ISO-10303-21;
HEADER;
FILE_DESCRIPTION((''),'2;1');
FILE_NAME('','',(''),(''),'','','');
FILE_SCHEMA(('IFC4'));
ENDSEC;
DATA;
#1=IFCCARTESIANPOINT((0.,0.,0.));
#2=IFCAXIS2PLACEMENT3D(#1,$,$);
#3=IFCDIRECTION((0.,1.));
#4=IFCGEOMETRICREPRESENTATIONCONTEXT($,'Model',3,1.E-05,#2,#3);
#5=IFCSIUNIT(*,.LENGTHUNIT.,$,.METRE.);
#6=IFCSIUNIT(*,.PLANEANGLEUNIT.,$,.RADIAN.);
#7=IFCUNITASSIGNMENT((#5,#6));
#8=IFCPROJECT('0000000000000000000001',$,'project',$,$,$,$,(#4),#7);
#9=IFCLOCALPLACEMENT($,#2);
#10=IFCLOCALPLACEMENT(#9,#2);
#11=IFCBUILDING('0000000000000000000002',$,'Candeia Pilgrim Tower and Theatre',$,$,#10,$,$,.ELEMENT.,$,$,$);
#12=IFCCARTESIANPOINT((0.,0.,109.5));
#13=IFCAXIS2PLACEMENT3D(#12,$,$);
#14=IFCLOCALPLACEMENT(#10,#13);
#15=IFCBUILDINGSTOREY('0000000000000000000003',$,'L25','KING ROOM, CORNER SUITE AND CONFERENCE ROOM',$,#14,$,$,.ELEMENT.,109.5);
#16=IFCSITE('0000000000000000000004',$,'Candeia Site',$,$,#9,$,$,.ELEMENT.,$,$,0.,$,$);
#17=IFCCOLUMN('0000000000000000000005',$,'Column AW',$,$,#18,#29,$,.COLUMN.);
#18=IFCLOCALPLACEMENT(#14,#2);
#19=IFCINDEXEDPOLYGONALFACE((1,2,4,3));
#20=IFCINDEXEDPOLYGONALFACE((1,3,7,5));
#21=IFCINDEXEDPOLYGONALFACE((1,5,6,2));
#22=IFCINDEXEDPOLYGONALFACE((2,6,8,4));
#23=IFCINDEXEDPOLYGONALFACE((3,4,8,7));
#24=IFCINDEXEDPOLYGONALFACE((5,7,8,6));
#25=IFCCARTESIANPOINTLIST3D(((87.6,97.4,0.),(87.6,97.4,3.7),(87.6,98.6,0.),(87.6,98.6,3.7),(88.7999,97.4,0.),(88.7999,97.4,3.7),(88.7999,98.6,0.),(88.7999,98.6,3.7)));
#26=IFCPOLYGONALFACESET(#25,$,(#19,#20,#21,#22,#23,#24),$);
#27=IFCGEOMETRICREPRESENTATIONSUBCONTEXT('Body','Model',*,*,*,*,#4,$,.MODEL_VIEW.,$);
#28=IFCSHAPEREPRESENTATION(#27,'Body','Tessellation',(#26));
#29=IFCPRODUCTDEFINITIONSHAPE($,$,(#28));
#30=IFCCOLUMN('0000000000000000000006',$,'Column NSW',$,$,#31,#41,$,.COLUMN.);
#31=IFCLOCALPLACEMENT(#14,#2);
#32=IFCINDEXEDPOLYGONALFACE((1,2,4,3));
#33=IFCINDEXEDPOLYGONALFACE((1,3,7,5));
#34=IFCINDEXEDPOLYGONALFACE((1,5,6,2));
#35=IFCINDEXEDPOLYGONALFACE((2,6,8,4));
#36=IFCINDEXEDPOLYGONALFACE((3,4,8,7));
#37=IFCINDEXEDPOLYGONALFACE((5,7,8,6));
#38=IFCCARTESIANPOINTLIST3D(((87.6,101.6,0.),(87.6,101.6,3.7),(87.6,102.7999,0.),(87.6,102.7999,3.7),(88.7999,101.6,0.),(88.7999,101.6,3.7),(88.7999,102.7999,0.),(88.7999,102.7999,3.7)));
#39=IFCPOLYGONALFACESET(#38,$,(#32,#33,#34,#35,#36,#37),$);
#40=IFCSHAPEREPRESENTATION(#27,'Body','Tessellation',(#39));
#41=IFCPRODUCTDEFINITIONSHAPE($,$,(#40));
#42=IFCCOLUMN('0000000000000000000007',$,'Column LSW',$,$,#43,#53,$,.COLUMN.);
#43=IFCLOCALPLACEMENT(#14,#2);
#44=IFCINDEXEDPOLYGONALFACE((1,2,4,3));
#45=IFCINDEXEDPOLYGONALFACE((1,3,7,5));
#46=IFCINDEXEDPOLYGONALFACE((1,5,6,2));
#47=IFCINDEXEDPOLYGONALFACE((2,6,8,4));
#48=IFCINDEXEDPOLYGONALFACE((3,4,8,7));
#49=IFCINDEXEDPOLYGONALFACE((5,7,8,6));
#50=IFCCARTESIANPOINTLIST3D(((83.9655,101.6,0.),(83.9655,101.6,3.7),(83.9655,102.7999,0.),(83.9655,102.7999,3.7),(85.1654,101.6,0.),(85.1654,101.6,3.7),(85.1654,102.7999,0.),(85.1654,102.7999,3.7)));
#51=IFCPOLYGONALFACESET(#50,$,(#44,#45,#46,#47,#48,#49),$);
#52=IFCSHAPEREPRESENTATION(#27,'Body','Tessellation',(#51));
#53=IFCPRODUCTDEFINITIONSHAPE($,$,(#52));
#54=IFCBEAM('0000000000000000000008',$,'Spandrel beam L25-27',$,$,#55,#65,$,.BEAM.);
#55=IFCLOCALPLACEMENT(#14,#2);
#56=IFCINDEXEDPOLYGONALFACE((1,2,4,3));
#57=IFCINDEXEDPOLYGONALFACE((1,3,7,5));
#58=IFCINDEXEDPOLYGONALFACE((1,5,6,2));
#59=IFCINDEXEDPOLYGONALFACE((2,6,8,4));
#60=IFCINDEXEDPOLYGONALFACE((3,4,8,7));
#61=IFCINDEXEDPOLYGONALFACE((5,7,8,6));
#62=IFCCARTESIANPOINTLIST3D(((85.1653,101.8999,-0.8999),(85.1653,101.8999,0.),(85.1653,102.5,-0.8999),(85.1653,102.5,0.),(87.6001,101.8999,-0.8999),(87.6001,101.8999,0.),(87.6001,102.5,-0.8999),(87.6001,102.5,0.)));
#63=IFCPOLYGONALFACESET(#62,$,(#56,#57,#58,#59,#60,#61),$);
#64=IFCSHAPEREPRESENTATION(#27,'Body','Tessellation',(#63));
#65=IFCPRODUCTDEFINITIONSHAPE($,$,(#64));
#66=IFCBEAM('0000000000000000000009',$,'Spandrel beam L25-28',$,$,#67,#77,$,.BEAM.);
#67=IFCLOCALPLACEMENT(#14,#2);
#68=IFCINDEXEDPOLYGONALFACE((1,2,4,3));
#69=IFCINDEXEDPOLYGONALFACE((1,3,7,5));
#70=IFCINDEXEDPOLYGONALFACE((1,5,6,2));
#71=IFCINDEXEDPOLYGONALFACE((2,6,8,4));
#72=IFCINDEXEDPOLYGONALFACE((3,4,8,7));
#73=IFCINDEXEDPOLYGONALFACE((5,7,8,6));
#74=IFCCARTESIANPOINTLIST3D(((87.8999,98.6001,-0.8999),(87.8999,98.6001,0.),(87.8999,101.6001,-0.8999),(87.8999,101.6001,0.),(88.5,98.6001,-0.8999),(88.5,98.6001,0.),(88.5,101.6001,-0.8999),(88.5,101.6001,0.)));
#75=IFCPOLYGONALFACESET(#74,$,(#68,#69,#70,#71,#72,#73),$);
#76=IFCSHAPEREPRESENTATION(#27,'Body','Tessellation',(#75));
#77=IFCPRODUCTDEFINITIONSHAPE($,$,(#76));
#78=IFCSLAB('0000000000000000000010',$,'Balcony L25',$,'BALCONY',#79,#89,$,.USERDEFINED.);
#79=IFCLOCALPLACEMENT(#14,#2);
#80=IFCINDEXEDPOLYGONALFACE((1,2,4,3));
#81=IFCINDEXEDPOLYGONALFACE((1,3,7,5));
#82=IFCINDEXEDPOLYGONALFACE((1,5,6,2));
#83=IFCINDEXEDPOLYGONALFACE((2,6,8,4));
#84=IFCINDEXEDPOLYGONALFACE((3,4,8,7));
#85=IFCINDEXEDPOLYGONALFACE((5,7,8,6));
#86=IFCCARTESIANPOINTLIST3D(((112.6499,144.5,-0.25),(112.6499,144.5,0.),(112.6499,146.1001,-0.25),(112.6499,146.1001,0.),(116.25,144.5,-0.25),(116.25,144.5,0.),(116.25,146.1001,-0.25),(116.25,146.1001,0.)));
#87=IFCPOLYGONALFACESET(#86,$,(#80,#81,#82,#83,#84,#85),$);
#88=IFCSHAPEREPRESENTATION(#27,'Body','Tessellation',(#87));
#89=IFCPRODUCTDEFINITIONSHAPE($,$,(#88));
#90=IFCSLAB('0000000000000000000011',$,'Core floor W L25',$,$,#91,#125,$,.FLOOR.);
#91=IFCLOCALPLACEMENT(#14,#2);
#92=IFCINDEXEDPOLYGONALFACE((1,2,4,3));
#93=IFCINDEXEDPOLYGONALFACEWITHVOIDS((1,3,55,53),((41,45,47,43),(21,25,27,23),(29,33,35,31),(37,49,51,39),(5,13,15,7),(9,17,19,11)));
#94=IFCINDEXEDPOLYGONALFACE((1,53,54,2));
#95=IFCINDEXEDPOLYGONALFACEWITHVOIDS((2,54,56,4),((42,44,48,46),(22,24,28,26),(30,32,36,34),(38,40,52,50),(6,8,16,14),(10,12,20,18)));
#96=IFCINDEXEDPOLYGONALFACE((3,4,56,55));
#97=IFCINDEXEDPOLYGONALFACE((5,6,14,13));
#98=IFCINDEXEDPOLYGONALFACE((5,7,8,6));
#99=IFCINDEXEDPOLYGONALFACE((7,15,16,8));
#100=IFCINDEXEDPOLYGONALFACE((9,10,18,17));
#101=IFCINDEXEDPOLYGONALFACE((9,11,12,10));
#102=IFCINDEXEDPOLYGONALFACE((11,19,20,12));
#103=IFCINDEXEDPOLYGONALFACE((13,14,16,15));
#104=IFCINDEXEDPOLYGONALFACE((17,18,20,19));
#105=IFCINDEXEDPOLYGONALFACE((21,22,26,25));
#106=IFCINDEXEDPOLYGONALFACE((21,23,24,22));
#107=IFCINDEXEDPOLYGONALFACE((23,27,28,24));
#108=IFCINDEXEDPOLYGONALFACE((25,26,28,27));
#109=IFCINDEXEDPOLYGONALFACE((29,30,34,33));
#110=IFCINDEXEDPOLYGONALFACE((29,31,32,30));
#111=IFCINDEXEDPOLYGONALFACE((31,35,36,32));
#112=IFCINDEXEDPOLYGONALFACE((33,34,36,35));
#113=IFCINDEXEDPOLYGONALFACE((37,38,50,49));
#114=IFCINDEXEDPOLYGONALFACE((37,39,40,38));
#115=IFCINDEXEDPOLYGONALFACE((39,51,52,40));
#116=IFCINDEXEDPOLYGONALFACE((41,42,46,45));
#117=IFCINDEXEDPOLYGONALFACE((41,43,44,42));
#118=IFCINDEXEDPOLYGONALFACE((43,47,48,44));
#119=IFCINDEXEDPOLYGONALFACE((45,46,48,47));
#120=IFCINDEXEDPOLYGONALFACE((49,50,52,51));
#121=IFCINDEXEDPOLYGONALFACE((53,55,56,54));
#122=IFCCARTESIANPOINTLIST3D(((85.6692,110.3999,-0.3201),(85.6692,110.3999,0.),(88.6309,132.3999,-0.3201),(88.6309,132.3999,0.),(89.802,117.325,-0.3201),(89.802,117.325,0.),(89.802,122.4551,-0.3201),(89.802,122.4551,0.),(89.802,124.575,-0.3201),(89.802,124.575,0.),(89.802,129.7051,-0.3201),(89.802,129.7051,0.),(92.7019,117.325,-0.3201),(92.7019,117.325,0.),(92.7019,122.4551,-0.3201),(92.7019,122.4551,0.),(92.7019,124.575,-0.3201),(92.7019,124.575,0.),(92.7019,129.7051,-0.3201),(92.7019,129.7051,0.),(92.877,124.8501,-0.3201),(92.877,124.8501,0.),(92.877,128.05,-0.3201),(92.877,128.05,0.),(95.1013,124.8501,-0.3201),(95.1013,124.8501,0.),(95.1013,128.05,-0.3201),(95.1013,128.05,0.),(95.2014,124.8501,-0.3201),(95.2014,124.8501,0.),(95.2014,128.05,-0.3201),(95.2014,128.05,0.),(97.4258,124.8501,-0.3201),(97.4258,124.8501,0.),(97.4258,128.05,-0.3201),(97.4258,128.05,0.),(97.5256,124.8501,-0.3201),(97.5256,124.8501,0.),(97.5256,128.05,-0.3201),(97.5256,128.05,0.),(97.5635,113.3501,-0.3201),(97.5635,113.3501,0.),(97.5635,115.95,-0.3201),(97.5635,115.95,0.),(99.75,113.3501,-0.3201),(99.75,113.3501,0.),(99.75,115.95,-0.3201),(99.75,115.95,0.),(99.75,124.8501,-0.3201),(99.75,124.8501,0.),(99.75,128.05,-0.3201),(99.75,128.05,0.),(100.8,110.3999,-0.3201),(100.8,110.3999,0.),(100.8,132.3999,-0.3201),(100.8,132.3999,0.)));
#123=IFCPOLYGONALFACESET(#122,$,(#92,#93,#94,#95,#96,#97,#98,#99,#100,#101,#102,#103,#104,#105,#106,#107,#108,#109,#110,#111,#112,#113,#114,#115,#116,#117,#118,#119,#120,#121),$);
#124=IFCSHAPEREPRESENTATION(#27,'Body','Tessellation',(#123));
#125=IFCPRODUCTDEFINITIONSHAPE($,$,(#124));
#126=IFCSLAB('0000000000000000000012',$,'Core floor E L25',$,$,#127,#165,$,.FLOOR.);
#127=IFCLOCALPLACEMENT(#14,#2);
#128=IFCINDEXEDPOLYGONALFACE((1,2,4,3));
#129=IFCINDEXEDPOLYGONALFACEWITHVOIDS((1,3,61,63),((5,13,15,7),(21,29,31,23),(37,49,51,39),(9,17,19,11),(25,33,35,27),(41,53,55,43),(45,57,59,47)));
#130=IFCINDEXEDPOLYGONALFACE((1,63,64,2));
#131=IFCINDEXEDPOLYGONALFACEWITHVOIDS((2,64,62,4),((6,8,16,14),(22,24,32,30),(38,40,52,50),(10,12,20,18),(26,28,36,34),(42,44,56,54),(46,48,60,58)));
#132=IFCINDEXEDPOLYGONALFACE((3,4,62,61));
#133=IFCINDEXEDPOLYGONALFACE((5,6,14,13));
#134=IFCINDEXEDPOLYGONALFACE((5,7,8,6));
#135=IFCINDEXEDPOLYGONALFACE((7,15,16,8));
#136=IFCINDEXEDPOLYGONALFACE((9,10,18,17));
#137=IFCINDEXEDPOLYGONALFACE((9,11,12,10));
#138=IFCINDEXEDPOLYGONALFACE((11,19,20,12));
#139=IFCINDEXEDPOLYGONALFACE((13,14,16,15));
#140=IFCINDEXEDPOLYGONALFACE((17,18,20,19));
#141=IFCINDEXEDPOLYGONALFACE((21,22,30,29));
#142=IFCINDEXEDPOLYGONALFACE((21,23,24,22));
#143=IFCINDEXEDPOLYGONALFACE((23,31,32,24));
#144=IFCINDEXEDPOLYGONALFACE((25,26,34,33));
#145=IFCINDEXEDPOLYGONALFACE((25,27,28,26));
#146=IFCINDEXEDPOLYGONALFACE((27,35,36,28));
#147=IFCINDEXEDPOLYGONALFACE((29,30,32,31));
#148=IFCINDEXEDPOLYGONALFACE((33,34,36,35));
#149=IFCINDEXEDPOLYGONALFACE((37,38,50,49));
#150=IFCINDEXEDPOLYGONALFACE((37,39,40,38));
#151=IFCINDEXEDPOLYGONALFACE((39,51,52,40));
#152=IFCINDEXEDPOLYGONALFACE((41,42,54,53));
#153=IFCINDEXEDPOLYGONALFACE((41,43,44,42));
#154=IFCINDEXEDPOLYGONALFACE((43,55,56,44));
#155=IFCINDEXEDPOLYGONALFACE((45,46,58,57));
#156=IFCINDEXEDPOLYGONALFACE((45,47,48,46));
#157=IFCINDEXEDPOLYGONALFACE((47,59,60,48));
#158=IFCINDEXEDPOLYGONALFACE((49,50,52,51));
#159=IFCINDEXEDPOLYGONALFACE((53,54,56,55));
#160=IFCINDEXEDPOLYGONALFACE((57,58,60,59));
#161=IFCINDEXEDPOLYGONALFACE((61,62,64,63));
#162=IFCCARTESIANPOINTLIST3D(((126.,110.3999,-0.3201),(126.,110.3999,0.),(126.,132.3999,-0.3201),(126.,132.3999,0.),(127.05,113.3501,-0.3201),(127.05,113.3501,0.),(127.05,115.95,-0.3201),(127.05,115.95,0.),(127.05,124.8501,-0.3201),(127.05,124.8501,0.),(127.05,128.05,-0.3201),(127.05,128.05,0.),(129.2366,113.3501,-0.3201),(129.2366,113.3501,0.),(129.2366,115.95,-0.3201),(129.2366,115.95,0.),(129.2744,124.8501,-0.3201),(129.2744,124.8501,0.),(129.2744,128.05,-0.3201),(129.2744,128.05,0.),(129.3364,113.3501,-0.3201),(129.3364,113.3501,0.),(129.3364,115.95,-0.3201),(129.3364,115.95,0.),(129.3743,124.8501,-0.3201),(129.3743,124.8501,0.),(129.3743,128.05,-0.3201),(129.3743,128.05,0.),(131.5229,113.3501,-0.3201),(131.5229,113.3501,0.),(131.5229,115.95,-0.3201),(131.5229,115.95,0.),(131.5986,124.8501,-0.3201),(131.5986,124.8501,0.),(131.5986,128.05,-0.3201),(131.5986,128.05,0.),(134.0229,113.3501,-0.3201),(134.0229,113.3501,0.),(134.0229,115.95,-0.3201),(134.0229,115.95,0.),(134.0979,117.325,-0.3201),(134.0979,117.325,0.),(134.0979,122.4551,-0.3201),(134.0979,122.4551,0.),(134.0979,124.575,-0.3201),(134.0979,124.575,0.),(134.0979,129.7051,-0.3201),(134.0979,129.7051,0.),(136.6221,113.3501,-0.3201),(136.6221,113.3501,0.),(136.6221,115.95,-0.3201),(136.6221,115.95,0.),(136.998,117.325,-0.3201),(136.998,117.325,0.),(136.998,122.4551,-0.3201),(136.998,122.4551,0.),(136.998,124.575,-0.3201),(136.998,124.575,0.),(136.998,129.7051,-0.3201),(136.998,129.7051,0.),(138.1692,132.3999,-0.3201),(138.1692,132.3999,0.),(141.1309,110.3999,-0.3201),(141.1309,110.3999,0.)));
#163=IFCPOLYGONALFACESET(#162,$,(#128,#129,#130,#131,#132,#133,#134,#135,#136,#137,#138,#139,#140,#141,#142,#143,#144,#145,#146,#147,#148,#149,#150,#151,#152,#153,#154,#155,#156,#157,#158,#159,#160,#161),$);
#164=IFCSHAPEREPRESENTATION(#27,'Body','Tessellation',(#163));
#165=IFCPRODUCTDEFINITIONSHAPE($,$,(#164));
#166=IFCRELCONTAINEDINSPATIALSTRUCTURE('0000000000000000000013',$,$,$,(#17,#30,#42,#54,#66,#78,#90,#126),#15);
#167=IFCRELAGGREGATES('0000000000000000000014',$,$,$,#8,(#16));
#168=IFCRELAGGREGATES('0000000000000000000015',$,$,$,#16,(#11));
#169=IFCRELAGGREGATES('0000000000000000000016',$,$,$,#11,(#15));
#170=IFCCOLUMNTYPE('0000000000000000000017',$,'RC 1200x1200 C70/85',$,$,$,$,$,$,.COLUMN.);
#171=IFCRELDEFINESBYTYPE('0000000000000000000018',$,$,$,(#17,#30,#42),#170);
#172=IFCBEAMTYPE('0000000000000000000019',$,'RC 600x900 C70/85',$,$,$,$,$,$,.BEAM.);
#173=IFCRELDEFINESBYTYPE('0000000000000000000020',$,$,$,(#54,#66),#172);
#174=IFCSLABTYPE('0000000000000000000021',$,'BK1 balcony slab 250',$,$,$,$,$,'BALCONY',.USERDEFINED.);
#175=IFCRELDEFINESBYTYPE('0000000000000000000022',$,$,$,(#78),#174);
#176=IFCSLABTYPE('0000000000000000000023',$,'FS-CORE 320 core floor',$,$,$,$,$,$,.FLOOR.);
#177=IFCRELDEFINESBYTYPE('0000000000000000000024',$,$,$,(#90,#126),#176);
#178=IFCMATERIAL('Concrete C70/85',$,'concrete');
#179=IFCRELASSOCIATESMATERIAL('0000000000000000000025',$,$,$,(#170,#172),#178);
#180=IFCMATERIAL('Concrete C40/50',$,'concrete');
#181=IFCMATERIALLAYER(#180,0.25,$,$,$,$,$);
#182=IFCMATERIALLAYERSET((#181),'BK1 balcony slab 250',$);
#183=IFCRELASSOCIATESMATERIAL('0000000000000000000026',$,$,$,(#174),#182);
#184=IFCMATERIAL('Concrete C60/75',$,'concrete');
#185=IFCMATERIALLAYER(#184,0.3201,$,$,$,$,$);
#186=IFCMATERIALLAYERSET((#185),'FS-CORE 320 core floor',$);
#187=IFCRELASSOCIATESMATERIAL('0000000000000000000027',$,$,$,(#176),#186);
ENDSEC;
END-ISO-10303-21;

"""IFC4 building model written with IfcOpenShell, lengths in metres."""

from ifc_helpers import new_model, si_unit, direction, frame, origin, origin_2d, place, context, subcontext, project, spatial, polyline, rectangle, outline, extrude, material, layer, layer_set, material_profile, profile_set, type_object, element, save


model = new_model("IFC4")

# Units and contexts
model_context = context("Model", 3, precision=1e-05, world=origin(), true_north=direction((0.0, 1.0)))
body_context = subcontext(model_context, "Body", "Model", "MODEL_VIEW")
ifc_project = project(units=[si_unit("LENGTHUNIT", "METRE"), si_unit("PLANEANGLEUNIT", "RADIAN")], contexts=[model_context])

# Site, building, storey
site_placement = place(None, origin())
site = spatial("IfcSite", under=ifc_project, at=site_placement, Name="Candeia Site", CompositionType="ELEMENT", RefElevation=0.0)
building_placement = place(site_placement, origin())
building = spatial("IfcBuilding", under=site, at=building_placement, Name="Candeia Pilgrim Tower and Theatre", CompositionType="ELEMENT")
storey_placement = place(building_placement, frame((0.0, 0.0, 109.5)))
storey = spatial("IfcBuildingStorey", under=building, at=storey_placement, Name="L25", Description="KING ROOM, CORNER SUITE AND CONFERENCE ROOM", CompositionType="ELEMENT", Elevation=109.5)

# Columns
ifc_material_1 = material(Name="Concrete C70/85", Category="concrete")
ifc_material_profile_1 = material_profile(ifc_material_1, rectangle(XDim=1.2, YDim=1.2, at=origin_2d()))
ifc_profile_set_1 = profile_set([ifc_material_profile_1], Name="Concrete C70/85")
column_type = type_object("IfcColumnType", Name="RC 1200x1200 C70/85", PredefinedType="COLUMN", material=ifc_profile_set_1)
for number, where, z_axis, x_axis, name in (
    (1, (88.2, 98.0, 0.0), (0.0, 0.0, 1.0), (1.0, 0.0, 0.0), "Column AW"),
    (2, (88.2, 102.2, 0.0), (0.0, 0.0, 1.0), (1.0, 0.0, 0.0), "Column NSW"),
    (3, (84.5654, 102.2, 0.0), (0.0, 0.0, 1.0), (1.0, 0.0, 0.0), "Column LSW"),
):
    element("IfcColumn", number, at=place(storey_placement, frame(where, z_axis=z_axis, x_axis=x_axis)), inside=storey, type_object=column_type, Name=name, PredefinedType="COLUMN", context=body_context, shape_type="SweptSolid", body=[
        extrude(rectangle(XDim=1.2, YDim=1.2, at=origin_2d()), origin(), (0.0, 0.0, 1.0), 3.7),
    ])

# Beams
ifc_material_profile_2 = material_profile(ifc_material_1, rectangle(XDim=0.6001, YDim=0.8999, at=origin_2d()))
ifc_profile_set_2 = profile_set([ifc_material_profile_2], Name="Concrete C70/85")
beam_type = type_object("IfcBeamType", Name="RC 600x900 C70/85", PredefinedType="BEAM", material=ifc_profile_set_2)
beam_1_placement = place(storey_placement, frame((85.1653, 102.2, -0.45), z_axis=(1.0, 0.0, 0.0), x_axis=(0.0, 1.0, 0.0)))
element("IfcBeam", 4, at=beam_1_placement, inside=storey, type_object=beam_type, Name="Spandrel beam L25-27", PredefinedType="BEAM", context=body_context, shape_type="SweptSolid", body=[
    extrude(rectangle(XDim=0.6001, YDim=0.8999, at=origin_2d()), origin(), (0.0, 0.0, 1.0), 2.4348),
])
beam_2_placement = place(storey_placement, frame((88.2, 101.6001, -0.45), z_axis=(0.0, -1.0, 0.0), x_axis=(1.0, 0.0, 0.0)))
element("IfcBeam", 5, at=beam_2_placement, inside=storey, type_object=beam_type, Name="Spandrel beam L25-28", PredefinedType="BEAM", context=body_context, shape_type="SweptSolid", body=[
    extrude(rectangle(XDim=0.6001, YDim=0.8999, at=origin_2d()), origin(), (0.0, 0.0, 1.0), 3.0),
])

# Slabs
ifc_material_2 = material(Name="Concrete C40/50", Category="concrete")
ifc_layer_1 = layer(ifc_material_2, 0.25)
ifc_layer_set_1 = layer_set([ifc_layer_1], Name="BK1 balcony slab 250")
slab_type_1 = type_object("IfcSlabType", Name="BK1 balcony slab 250", ElementType="BALCONY", PredefinedType="USERDEFINED", material=ifc_layer_set_1)
slab_1_placement = place(storey_placement, frame((0.0, 0.0, -0.25)))
element("IfcSlab", 6, at=slab_1_placement, inside=storey, type_object=slab_type_1, Name="Balcony L25", ObjectType="BALCONY", PredefinedType="USERDEFINED", context=body_context, shape_type="SweptSolid", body=[
    extrude(outline(polyline([(112.6499, 144.5), (116.25, 144.5), (116.25, 146.1001), (112.6499, 146.1001), (112.6499, 144.5)])), origin(), (0.0, 0.0, 1.0), 0.25),
])
ifc_material_3 = material(Name="Concrete C60/75", Category="concrete")
ifc_layer_2 = layer(ifc_material_3, 0.3201)
ifc_layer_set_2 = layer_set([ifc_layer_2], Name="FS-CORE 320 core floor")
slab_type_2 = type_object("IfcSlabType", Name="FS-CORE 320 core floor", PredefinedType="FLOOR", material=ifc_layer_set_2)
slab_2_placement = place(storey_placement, frame((0.0, 0.0, -0.3201)))
element("IfcSlab", 7, at=slab_2_placement, inside=storey, type_object=slab_type_2, Name="Core floor W L25", PredefinedType="FLOOR", context=body_context, shape_type="SweptSolid", body=[
    extrude(outline(polyline([(100.8, 132.3999), (100.8, 110.3999), (85.6692, 110.3999), (88.6309, 132.3999), (100.8, 132.3999)]), holes=[polyline([(97.5256, 128.05), (97.5256, 124.8501), (99.75, 124.8501), (99.75, 128.05), (97.5256, 128.05)]), polyline([(97.5635, 113.3501), (99.75, 113.3501), (99.75, 115.95), (97.5635, 115.95), (97.5635, 113.3501)]), polyline([(95.2014, 124.8501), (97.4258, 124.8501), (97.4258, 128.05), (95.2014, 128.05), (95.2014, 124.8501)]), polyline([(92.877, 128.05), (92.877, 124.8501), (95.1013, 124.8501), (95.1013, 128.05), (92.877, 128.05)]), polyline([(89.802, 122.4551), (89.802, 117.325), (92.7019, 117.325), (92.7019, 122.4551), (89.802, 122.4551)]), polyline([(89.802, 129.7051), (89.802, 124.575), (92.7019, 124.575), (92.7019, 129.7051), (89.802, 129.7051)])]), origin(), (0.0, 0.0, 1.0), 0.3201),
])
slab_3_placement = place(storey_placement, frame((0.0, 0.0, -0.3201)))
element("IfcSlab", 8, at=slab_3_placement, inside=storey, type_object=slab_type_2, Name="Core floor E L25", PredefinedType="FLOOR", context=body_context, shape_type="SweptSolid", body=[
    extrude(outline(polyline([(138.1692, 132.3999), (141.1309, 110.3999), (126.0, 110.3999), (126.0, 132.3999), (138.1692, 132.3999)]), holes=[polyline([(134.0979, 122.4551), (134.0979, 117.325), (136.998, 117.325), (136.998, 122.4551), (134.0979, 122.4551)]), polyline([(134.0979, 129.7051), (134.0979, 124.575), (136.998, 124.575), (136.998, 129.7051), (134.0979, 129.7051)]), polyline([(136.6221, 115.95), (134.0229, 115.95), (134.0229, 113.3501), (136.6221, 113.3501), (136.6221, 115.95)]), polyline([(131.5986, 128.05), (129.3743, 128.05), (129.3743, 124.8501), (131.5986, 124.8501), (131.5986, 128.05)]), polyline([(131.5229, 115.95), (129.3364, 115.95), (129.3364, 113.3501), (131.5229, 113.3501), (131.5229, 115.95)]), polyline([(129.2744, 128.05), (127.05, 128.05), (127.05, 124.8501), (129.2744, 124.8501), (129.2744, 128.05)]), polyline([(127.05, 115.95), (127.05, 113.3501), (129.2366, 113.3501), (129.2366, 115.95), (127.05, 115.95)])]), origin(), (0.0, 0.0, 1.0), 0.3201),
])

save(model, "model.ifc")
